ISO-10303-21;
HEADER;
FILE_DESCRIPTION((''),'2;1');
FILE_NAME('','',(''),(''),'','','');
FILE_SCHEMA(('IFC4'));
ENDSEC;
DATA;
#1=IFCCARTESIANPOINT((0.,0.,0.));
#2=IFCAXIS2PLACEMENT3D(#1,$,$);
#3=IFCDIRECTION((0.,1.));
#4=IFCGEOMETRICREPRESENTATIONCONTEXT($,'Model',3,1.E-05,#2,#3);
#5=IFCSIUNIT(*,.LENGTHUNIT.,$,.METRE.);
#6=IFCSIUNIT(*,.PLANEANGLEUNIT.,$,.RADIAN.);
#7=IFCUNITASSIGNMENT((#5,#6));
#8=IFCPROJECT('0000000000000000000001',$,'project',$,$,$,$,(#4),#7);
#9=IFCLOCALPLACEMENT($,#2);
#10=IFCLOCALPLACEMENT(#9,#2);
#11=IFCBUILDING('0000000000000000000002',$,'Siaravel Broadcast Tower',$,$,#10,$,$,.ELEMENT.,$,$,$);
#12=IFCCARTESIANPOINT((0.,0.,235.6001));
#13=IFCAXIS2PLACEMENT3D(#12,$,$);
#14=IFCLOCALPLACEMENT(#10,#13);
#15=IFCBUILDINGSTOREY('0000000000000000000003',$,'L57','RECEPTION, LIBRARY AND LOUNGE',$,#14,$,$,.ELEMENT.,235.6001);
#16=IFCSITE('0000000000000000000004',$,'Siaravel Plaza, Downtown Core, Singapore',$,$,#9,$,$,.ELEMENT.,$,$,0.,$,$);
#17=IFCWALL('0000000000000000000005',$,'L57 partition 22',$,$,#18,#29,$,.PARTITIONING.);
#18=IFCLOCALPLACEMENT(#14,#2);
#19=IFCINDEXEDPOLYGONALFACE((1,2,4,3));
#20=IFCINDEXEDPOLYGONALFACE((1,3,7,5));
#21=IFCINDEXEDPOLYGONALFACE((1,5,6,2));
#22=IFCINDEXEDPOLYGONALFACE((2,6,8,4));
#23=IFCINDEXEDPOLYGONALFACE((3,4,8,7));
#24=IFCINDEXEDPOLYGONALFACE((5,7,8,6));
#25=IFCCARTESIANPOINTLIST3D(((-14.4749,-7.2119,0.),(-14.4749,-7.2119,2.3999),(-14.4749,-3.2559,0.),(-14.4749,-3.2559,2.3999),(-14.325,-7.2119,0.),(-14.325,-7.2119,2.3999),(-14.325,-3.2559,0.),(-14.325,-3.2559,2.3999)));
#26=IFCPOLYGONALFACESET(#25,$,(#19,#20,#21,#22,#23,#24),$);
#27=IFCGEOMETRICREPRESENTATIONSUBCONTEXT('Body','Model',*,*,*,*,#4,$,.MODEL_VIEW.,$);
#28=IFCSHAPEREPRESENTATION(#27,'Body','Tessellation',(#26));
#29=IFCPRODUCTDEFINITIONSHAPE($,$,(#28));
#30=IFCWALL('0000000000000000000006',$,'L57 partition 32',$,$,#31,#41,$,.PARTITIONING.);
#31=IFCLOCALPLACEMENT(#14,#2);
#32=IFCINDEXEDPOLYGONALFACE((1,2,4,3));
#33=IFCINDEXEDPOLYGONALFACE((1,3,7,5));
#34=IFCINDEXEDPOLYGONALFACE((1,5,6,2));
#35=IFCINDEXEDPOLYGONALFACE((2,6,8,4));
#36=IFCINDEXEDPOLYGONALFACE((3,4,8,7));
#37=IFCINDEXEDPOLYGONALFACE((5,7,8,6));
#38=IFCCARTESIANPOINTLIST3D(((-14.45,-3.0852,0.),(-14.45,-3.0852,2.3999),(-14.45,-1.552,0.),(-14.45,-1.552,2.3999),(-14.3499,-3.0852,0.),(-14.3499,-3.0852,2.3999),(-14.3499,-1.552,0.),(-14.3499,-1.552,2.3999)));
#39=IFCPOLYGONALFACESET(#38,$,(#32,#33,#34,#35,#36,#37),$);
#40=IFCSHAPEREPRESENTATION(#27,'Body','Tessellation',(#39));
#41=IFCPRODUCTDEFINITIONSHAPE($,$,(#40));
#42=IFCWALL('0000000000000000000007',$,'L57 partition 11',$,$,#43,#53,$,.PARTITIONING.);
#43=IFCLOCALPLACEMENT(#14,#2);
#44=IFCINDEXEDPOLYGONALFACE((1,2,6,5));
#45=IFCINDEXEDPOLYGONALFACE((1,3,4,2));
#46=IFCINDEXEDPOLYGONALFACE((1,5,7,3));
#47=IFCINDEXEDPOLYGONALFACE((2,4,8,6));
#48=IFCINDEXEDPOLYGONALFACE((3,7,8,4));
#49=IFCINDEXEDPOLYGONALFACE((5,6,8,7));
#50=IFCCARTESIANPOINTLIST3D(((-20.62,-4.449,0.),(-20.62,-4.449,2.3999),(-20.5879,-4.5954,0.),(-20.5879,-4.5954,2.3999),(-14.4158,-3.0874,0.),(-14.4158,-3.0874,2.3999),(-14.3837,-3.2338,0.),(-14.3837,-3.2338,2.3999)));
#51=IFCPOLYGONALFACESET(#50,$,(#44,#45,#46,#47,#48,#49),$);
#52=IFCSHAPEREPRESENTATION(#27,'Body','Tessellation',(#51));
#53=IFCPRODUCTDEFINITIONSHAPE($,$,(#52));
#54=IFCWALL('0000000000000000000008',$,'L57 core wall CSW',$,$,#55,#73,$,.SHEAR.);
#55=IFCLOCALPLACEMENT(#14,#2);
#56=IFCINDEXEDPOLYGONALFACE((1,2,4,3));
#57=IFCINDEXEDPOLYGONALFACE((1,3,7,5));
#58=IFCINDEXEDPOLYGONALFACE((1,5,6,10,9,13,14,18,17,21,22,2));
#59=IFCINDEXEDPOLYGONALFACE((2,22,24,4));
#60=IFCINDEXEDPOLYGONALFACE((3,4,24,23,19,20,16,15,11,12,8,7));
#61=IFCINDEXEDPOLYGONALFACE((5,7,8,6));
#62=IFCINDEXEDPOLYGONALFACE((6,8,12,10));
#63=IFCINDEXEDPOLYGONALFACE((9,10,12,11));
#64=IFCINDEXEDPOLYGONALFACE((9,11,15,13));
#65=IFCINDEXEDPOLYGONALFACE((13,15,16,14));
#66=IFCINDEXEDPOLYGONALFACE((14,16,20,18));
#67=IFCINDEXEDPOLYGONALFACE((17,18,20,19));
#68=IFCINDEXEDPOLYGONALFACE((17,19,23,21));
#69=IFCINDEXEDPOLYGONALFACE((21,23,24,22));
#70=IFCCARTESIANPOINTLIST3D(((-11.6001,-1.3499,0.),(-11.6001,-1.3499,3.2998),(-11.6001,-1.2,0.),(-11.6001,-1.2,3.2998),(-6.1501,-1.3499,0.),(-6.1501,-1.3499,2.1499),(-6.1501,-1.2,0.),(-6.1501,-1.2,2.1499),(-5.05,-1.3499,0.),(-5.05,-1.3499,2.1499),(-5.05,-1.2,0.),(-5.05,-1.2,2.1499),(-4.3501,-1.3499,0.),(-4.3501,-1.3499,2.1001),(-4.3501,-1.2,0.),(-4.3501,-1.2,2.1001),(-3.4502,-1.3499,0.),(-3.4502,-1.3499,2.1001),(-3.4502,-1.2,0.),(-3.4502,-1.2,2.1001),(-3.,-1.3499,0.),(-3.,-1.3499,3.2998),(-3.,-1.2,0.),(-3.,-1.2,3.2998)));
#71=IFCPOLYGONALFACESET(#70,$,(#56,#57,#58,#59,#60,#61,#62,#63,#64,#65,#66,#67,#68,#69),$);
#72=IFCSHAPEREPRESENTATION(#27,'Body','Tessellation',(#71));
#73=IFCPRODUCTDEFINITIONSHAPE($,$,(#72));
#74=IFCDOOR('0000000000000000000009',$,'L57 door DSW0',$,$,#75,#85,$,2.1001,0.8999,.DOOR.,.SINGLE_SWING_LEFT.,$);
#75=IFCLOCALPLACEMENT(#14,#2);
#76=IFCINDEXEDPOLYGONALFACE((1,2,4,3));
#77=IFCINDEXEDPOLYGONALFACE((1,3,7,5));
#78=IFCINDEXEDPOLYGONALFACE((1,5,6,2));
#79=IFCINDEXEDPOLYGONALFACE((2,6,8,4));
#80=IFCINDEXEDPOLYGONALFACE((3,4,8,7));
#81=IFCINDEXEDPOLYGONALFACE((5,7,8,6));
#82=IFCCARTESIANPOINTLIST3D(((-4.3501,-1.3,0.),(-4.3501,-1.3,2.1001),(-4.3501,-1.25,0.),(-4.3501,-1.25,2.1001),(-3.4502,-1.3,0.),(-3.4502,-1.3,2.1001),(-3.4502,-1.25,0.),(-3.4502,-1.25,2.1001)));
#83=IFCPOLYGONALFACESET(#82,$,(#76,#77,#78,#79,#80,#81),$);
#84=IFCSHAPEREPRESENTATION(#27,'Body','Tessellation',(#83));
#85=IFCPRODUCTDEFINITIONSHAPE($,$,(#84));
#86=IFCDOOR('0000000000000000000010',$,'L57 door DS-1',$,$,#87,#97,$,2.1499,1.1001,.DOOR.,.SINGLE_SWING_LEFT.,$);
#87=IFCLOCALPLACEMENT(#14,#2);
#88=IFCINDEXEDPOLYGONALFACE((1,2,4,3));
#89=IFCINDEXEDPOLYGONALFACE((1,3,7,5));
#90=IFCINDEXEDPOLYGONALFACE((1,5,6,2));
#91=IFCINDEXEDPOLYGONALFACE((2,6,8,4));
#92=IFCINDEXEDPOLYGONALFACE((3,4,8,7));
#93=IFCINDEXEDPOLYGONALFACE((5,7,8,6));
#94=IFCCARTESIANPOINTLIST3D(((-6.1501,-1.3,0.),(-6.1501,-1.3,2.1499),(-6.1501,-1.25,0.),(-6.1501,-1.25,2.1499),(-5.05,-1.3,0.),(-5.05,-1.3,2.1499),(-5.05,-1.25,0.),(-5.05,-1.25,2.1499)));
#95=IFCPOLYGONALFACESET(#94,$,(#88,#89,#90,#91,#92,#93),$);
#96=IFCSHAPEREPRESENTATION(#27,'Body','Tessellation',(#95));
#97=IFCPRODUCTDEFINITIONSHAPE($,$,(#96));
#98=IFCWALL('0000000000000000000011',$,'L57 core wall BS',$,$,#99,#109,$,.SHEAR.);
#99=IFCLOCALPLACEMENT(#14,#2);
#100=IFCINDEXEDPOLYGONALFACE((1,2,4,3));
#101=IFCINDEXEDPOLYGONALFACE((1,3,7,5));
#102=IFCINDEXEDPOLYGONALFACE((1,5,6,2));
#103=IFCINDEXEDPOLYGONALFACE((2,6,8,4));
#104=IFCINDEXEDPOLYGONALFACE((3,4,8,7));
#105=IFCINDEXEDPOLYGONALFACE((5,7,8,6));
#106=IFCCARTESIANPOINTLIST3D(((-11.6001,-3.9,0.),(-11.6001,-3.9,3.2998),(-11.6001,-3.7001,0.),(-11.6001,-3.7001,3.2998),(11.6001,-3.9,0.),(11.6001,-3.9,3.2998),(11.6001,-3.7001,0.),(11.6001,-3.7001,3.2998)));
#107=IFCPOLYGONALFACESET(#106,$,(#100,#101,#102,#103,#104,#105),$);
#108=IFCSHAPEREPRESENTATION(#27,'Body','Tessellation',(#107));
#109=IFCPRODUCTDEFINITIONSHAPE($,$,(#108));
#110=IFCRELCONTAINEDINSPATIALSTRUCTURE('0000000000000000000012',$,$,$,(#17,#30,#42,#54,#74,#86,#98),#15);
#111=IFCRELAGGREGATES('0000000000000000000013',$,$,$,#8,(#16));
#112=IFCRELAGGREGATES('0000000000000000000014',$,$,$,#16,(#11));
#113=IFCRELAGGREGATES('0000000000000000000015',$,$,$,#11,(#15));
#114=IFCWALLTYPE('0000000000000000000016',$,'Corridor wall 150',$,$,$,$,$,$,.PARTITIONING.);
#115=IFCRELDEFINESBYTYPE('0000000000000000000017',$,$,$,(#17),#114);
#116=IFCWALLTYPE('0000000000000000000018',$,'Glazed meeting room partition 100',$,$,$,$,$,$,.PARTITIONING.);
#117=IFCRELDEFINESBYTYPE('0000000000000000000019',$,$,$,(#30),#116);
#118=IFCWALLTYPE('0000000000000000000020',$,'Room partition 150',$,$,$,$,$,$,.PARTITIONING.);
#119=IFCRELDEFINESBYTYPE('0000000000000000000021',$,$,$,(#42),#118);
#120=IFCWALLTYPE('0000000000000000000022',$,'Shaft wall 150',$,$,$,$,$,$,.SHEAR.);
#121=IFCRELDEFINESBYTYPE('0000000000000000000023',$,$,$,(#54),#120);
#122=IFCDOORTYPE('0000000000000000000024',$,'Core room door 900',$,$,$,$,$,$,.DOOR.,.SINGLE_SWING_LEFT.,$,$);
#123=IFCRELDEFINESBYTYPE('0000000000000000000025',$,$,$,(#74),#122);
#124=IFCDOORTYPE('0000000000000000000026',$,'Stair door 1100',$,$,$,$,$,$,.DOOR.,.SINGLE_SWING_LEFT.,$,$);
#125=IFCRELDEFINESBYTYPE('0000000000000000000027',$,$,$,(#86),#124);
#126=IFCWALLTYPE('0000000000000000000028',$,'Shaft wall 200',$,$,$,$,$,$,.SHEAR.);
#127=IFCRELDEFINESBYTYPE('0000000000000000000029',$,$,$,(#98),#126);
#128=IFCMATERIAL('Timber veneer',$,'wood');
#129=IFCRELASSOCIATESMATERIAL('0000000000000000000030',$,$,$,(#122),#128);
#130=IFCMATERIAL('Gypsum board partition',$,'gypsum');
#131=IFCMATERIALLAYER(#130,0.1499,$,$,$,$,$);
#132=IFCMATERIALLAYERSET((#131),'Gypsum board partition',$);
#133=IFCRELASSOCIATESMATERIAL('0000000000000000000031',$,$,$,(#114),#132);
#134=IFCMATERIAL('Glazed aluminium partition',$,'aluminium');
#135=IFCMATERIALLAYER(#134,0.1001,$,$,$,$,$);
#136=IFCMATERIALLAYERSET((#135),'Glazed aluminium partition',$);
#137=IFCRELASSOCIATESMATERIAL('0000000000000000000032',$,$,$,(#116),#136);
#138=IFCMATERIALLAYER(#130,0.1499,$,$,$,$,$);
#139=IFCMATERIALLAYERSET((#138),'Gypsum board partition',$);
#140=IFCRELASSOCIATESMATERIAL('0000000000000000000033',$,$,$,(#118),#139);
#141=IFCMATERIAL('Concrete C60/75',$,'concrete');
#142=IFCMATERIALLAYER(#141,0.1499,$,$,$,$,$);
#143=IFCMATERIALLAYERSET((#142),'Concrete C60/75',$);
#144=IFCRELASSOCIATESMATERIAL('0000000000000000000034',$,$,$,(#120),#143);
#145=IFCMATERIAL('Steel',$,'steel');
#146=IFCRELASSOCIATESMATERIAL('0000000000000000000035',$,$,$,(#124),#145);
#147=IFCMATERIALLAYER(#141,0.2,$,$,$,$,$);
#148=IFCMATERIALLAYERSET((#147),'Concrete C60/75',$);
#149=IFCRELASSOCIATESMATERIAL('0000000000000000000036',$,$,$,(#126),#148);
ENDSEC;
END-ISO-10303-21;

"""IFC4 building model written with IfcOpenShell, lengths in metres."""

from ifc_helpers import new_model, si_unit, direction, frame, frame_2d, origin, place, context, subcontext, project, spatial, rectangle, extrude, material, layer, layer_set, type_object, element, fill, save


model = new_model("IFC4")

# Units and contexts
model_context = context("Model", 3, precision=1e-05, world=origin(), true_north=direction((0.0, 1.0)))
body_context = subcontext(model_context, "Body", "Model", "MODEL_VIEW")
ifc_project = project(units=[si_unit("LENGTHUNIT", "METRE"), si_unit("PLANEANGLEUNIT", "RADIAN")], contexts=[model_context])

# Site, building, storey
site_placement = place(None, origin())
site = spatial("IfcSite", under=ifc_project, at=site_placement, Name="Siaravel Plaza, Downtown Core, Singapore", CompositionType="ELEMENT", RefElevation=0.0)
building_placement = place(site_placement, origin())
building = spatial("IfcBuilding", under=site, at=building_placement, Name="Siaravel Broadcast Tower", CompositionType="ELEMENT")
storey_placement = place(building_placement, frame((0.0, 0.0, 235.6001)))
storey = spatial("IfcBuildingStorey", under=building, at=storey_placement, Name="L57", Description="RECEPTION, LIBRARY AND LOUNGE", CompositionType="ELEMENT", Elevation=235.6001)

# Shared definitions
ifc_material_1 = material(Name="Concrete C60/75", Category="concrete")
ifc_material_2 = material(Name="Timber veneer", Category="wood")
door_type_1 = type_object("IfcDoorType", Name="Core room door 900", OperationType="SINGLE_SWING_LEFT", PredefinedType="DOOR", material=ifc_material_2)
ifc_material_3 = material(Name="Steel", Category="steel")

# Wall
ifc_material_4 = material(Name="Gypsum board partition", Category="gypsum")
ifc_layer_1 = layer(ifc_material_4, 0.1499)
ifc_layer_set_1 = layer_set([ifc_layer_1], Name="Gypsum board partition")
wall_type_1 = type_object("IfcWallType", Name="Corridor wall 150", PredefinedType="PARTITIONING", material=ifc_layer_set_1)
wall_1_placement = place(storey_placement, frame((-14.3999, -3.2559, 0.0), z_axis=(0.0, 0.0, 1.0), x_axis=(0.0, -1.0, 0.0)))
element("IfcWall", 1, at=wall_1_placement, inside=storey, type_object=wall_type_1, Name="L57 partition 22", PredefinedType="PARTITIONING", context=body_context, shape_type="SweptSolid", body=[
    extrude(rectangle(XDim=3.9561, YDim=0.1499, at=frame_2d((1.978, 0.0))), origin(), (0.0, 0.0, 1.0), 2.3999),
])

# Shared definitions
ifc_material_5 = material(Name="Glazed aluminium partition", Category="aluminium")
ifc_layer_2 = layer(ifc_material_5, 0.1001)
ifc_layer_set_2 = layer_set([ifc_layer_2], Name="Glazed aluminium partition")
wall_type_2 = type_object("IfcWallType", Name="Glazed meeting room partition 100", PredefinedType="PARTITIONING", material=ifc_layer_set_2)

# Walls
wall_2_placement = place(storey_placement, frame((-14.3999, -1.552, 0.0), z_axis=(0.0, 0.0, 1.0), x_axis=(0.0, -1.0, 0.0)))
element("IfcWall", 2, at=wall_2_placement, inside=storey, type_object=wall_type_2, Name="L57 partition 32", PredefinedType="PARTITIONING", context=body_context, shape_type="SweptSolid", body=[
    extrude(rectangle(XDim=1.5332, YDim=0.1001, at=frame_2d((0.7666, 0.0))), origin(), (0.0, 0.0, 1.0), 2.3999),
])
ifc_layer_3 = layer(ifc_material_4, 0.1499)
ifc_layer_set_3 = layer_set([ifc_layer_3], Name="Gypsum board partition")
wall_type_3 = type_object("IfcWallType", Name="Room partition 150", PredefinedType="PARTITIONING", material=ifc_layer_set_3)
wall_3_placement = place(storey_placement, frame((-14.3999, -3.1606, 0.0), z_axis=(0.0, 0.0, 1.0), x_axis=(-0.976754, -0.214362, 0.0)))
element("IfcWall", 3, at=wall_3_placement, inside=storey, type_object=wall_type_3, Name="L57 partition 11", PredefinedType="PARTITIONING", context=body_context, shape_type="SweptSolid", body=[
    extrude(rectangle(XDim=6.3518, YDim=0.1499, at=frame_2d((3.1758, 0.0))), origin(), (0.0, 0.0, 1.0), 2.3999),
])

# Wall, openings, doors
ifc_layer_4 = layer(ifc_material_1, 0.1499)
ifc_layer_set_4 = layer_set([ifc_layer_4], Name="Concrete C60/75")
wall_type_4 = type_object("IfcWallType", Name="Shaft wall 150", PredefinedType="SHEAR", material=ifc_layer_set_4)
wall_4_placement = place(storey_placement, frame((-11.6001, -1.2749, 0.0), z_axis=(0.0, 0.0, 1.0), x_axis=(1.0, 0.0, 0.0)))
wall_4 = element("IfcWall", 4, at=wall_4_placement, inside=storey, type_object=wall_type_4, Name="L57 core wall CSW", PredefinedType="SHEAR", context=body_context, shape_type="SweptSolid", body=[
    extrude(rectangle(XDim=8.6001, YDim=0.1499, at=frame_2d((4.3, 0.0))), origin(), (0.0, 0.0, 1.0), 3.2998),
])
opening_1_placement = place(wall_4_placement, frame((5.45, 0.0, 0.0)))
opening_1 = element("IfcOpeningElement", 5, at=opening_1_placement, cuts=wall_4, PredefinedType="OPENING", context=body_context, shape_type="SweptSolid", body=[
    extrude(rectangle(XDim=1.1001, YDim=2.1499, at=frame_2d((0.55, 1.075))), frame((0.0, 0.085, 0.0), z_axis=(0.0, -1.0, 0.0), x_axis=(1.0, 0.0, 0.0)), (0.0, 0.0, 1.0), 0.1699),
])
opening_2_placement = place(wall_4_placement, frame((7.25, 0.0, 0.0)))
opening_2 = element("IfcOpeningElement", 6, at=opening_2_placement, cuts=wall_4, PredefinedType="OPENING", context=body_context, shape_type="SweptSolid", body=[
    extrude(rectangle(XDim=0.8999, YDim=2.1001, at=frame_2d((0.45, 1.05))), frame((0.0, 0.085, 0.0), z_axis=(0.0, -1.0, 0.0), x_axis=(1.0, 0.0, 0.0)), (0.0, 0.0, 1.0), 0.1699),
])
door_1_placement = place(opening_2_placement, origin())
door_1 = element("IfcDoor", 7, at=door_1_placement, inside=storey, type_object=door_type_1, Name="L57 door DSW0", OperationType="SINGLE_SWING_LEFT", OverallHeight=2.1001, OverallWidth=0.8999, PredefinedType="DOOR", context=body_context, shape_type="SweptSolid", body=[
    extrude(rectangle(XDim=0.8999, YDim=2.1001, at=frame_2d((0.45, 1.05))), frame((0.0, 0.0249, 0.0), z_axis=(0.0, -1.0, 0.0), x_axis=(1.0, 0.0, 0.0)), (0.0, 0.0, 1.0), 0.05),
])
fill(opening_2, door_1)
door_type_2 = type_object("IfcDoorType", Name="Stair door 1100", OperationType="SINGLE_SWING_LEFT", PredefinedType="DOOR", material=ifc_material_3)
door_2_placement = place(opening_1_placement, origin())
door_2 = element("IfcDoor", 8, at=door_2_placement, inside=storey, type_object=door_type_2, Name="L57 door DS-1", OperationType="SINGLE_SWING_LEFT", OverallHeight=2.1499, OverallWidth=1.1001, PredefinedType="DOOR", context=body_context, shape_type="SweptSolid", body=[
    extrude(rectangle(XDim=1.1001, YDim=2.1499, at=frame_2d((0.55, 1.075))), frame((0.0, 0.0249, 0.0), z_axis=(0.0, -1.0, 0.0), x_axis=(1.0, 0.0, 0.0)), (0.0, 0.0, 1.0), 0.05),
])
fill(opening_1, door_2)

# Wall
ifc_layer_5 = layer(ifc_material_1, 0.2)
ifc_layer_set_5 = layer_set([ifc_layer_5], Name="Concrete C60/75")
wall_type_5 = type_object("IfcWallType", Name="Shaft wall 200", PredefinedType="SHEAR", material=ifc_layer_set_5)
wall_5_placement = place(storey_placement, frame((-11.6001, -3.8, 0.0), z_axis=(0.0, 0.0, 1.0), x_axis=(1.0, 0.0, 0.0)))
element("IfcWall", 9, at=wall_5_placement, inside=storey, type_object=wall_type_5, Name="L57 core wall BS", PredefinedType="SHEAR", context=body_context, shape_type="SweptSolid", body=[
    extrude(rectangle(XDim=23.2002, YDim=0.2, at=frame_2d((11.6001, 0.0))), origin(), (0.0, 0.0, 1.0), 3.2998),
])

save(model, "model.ifc")
